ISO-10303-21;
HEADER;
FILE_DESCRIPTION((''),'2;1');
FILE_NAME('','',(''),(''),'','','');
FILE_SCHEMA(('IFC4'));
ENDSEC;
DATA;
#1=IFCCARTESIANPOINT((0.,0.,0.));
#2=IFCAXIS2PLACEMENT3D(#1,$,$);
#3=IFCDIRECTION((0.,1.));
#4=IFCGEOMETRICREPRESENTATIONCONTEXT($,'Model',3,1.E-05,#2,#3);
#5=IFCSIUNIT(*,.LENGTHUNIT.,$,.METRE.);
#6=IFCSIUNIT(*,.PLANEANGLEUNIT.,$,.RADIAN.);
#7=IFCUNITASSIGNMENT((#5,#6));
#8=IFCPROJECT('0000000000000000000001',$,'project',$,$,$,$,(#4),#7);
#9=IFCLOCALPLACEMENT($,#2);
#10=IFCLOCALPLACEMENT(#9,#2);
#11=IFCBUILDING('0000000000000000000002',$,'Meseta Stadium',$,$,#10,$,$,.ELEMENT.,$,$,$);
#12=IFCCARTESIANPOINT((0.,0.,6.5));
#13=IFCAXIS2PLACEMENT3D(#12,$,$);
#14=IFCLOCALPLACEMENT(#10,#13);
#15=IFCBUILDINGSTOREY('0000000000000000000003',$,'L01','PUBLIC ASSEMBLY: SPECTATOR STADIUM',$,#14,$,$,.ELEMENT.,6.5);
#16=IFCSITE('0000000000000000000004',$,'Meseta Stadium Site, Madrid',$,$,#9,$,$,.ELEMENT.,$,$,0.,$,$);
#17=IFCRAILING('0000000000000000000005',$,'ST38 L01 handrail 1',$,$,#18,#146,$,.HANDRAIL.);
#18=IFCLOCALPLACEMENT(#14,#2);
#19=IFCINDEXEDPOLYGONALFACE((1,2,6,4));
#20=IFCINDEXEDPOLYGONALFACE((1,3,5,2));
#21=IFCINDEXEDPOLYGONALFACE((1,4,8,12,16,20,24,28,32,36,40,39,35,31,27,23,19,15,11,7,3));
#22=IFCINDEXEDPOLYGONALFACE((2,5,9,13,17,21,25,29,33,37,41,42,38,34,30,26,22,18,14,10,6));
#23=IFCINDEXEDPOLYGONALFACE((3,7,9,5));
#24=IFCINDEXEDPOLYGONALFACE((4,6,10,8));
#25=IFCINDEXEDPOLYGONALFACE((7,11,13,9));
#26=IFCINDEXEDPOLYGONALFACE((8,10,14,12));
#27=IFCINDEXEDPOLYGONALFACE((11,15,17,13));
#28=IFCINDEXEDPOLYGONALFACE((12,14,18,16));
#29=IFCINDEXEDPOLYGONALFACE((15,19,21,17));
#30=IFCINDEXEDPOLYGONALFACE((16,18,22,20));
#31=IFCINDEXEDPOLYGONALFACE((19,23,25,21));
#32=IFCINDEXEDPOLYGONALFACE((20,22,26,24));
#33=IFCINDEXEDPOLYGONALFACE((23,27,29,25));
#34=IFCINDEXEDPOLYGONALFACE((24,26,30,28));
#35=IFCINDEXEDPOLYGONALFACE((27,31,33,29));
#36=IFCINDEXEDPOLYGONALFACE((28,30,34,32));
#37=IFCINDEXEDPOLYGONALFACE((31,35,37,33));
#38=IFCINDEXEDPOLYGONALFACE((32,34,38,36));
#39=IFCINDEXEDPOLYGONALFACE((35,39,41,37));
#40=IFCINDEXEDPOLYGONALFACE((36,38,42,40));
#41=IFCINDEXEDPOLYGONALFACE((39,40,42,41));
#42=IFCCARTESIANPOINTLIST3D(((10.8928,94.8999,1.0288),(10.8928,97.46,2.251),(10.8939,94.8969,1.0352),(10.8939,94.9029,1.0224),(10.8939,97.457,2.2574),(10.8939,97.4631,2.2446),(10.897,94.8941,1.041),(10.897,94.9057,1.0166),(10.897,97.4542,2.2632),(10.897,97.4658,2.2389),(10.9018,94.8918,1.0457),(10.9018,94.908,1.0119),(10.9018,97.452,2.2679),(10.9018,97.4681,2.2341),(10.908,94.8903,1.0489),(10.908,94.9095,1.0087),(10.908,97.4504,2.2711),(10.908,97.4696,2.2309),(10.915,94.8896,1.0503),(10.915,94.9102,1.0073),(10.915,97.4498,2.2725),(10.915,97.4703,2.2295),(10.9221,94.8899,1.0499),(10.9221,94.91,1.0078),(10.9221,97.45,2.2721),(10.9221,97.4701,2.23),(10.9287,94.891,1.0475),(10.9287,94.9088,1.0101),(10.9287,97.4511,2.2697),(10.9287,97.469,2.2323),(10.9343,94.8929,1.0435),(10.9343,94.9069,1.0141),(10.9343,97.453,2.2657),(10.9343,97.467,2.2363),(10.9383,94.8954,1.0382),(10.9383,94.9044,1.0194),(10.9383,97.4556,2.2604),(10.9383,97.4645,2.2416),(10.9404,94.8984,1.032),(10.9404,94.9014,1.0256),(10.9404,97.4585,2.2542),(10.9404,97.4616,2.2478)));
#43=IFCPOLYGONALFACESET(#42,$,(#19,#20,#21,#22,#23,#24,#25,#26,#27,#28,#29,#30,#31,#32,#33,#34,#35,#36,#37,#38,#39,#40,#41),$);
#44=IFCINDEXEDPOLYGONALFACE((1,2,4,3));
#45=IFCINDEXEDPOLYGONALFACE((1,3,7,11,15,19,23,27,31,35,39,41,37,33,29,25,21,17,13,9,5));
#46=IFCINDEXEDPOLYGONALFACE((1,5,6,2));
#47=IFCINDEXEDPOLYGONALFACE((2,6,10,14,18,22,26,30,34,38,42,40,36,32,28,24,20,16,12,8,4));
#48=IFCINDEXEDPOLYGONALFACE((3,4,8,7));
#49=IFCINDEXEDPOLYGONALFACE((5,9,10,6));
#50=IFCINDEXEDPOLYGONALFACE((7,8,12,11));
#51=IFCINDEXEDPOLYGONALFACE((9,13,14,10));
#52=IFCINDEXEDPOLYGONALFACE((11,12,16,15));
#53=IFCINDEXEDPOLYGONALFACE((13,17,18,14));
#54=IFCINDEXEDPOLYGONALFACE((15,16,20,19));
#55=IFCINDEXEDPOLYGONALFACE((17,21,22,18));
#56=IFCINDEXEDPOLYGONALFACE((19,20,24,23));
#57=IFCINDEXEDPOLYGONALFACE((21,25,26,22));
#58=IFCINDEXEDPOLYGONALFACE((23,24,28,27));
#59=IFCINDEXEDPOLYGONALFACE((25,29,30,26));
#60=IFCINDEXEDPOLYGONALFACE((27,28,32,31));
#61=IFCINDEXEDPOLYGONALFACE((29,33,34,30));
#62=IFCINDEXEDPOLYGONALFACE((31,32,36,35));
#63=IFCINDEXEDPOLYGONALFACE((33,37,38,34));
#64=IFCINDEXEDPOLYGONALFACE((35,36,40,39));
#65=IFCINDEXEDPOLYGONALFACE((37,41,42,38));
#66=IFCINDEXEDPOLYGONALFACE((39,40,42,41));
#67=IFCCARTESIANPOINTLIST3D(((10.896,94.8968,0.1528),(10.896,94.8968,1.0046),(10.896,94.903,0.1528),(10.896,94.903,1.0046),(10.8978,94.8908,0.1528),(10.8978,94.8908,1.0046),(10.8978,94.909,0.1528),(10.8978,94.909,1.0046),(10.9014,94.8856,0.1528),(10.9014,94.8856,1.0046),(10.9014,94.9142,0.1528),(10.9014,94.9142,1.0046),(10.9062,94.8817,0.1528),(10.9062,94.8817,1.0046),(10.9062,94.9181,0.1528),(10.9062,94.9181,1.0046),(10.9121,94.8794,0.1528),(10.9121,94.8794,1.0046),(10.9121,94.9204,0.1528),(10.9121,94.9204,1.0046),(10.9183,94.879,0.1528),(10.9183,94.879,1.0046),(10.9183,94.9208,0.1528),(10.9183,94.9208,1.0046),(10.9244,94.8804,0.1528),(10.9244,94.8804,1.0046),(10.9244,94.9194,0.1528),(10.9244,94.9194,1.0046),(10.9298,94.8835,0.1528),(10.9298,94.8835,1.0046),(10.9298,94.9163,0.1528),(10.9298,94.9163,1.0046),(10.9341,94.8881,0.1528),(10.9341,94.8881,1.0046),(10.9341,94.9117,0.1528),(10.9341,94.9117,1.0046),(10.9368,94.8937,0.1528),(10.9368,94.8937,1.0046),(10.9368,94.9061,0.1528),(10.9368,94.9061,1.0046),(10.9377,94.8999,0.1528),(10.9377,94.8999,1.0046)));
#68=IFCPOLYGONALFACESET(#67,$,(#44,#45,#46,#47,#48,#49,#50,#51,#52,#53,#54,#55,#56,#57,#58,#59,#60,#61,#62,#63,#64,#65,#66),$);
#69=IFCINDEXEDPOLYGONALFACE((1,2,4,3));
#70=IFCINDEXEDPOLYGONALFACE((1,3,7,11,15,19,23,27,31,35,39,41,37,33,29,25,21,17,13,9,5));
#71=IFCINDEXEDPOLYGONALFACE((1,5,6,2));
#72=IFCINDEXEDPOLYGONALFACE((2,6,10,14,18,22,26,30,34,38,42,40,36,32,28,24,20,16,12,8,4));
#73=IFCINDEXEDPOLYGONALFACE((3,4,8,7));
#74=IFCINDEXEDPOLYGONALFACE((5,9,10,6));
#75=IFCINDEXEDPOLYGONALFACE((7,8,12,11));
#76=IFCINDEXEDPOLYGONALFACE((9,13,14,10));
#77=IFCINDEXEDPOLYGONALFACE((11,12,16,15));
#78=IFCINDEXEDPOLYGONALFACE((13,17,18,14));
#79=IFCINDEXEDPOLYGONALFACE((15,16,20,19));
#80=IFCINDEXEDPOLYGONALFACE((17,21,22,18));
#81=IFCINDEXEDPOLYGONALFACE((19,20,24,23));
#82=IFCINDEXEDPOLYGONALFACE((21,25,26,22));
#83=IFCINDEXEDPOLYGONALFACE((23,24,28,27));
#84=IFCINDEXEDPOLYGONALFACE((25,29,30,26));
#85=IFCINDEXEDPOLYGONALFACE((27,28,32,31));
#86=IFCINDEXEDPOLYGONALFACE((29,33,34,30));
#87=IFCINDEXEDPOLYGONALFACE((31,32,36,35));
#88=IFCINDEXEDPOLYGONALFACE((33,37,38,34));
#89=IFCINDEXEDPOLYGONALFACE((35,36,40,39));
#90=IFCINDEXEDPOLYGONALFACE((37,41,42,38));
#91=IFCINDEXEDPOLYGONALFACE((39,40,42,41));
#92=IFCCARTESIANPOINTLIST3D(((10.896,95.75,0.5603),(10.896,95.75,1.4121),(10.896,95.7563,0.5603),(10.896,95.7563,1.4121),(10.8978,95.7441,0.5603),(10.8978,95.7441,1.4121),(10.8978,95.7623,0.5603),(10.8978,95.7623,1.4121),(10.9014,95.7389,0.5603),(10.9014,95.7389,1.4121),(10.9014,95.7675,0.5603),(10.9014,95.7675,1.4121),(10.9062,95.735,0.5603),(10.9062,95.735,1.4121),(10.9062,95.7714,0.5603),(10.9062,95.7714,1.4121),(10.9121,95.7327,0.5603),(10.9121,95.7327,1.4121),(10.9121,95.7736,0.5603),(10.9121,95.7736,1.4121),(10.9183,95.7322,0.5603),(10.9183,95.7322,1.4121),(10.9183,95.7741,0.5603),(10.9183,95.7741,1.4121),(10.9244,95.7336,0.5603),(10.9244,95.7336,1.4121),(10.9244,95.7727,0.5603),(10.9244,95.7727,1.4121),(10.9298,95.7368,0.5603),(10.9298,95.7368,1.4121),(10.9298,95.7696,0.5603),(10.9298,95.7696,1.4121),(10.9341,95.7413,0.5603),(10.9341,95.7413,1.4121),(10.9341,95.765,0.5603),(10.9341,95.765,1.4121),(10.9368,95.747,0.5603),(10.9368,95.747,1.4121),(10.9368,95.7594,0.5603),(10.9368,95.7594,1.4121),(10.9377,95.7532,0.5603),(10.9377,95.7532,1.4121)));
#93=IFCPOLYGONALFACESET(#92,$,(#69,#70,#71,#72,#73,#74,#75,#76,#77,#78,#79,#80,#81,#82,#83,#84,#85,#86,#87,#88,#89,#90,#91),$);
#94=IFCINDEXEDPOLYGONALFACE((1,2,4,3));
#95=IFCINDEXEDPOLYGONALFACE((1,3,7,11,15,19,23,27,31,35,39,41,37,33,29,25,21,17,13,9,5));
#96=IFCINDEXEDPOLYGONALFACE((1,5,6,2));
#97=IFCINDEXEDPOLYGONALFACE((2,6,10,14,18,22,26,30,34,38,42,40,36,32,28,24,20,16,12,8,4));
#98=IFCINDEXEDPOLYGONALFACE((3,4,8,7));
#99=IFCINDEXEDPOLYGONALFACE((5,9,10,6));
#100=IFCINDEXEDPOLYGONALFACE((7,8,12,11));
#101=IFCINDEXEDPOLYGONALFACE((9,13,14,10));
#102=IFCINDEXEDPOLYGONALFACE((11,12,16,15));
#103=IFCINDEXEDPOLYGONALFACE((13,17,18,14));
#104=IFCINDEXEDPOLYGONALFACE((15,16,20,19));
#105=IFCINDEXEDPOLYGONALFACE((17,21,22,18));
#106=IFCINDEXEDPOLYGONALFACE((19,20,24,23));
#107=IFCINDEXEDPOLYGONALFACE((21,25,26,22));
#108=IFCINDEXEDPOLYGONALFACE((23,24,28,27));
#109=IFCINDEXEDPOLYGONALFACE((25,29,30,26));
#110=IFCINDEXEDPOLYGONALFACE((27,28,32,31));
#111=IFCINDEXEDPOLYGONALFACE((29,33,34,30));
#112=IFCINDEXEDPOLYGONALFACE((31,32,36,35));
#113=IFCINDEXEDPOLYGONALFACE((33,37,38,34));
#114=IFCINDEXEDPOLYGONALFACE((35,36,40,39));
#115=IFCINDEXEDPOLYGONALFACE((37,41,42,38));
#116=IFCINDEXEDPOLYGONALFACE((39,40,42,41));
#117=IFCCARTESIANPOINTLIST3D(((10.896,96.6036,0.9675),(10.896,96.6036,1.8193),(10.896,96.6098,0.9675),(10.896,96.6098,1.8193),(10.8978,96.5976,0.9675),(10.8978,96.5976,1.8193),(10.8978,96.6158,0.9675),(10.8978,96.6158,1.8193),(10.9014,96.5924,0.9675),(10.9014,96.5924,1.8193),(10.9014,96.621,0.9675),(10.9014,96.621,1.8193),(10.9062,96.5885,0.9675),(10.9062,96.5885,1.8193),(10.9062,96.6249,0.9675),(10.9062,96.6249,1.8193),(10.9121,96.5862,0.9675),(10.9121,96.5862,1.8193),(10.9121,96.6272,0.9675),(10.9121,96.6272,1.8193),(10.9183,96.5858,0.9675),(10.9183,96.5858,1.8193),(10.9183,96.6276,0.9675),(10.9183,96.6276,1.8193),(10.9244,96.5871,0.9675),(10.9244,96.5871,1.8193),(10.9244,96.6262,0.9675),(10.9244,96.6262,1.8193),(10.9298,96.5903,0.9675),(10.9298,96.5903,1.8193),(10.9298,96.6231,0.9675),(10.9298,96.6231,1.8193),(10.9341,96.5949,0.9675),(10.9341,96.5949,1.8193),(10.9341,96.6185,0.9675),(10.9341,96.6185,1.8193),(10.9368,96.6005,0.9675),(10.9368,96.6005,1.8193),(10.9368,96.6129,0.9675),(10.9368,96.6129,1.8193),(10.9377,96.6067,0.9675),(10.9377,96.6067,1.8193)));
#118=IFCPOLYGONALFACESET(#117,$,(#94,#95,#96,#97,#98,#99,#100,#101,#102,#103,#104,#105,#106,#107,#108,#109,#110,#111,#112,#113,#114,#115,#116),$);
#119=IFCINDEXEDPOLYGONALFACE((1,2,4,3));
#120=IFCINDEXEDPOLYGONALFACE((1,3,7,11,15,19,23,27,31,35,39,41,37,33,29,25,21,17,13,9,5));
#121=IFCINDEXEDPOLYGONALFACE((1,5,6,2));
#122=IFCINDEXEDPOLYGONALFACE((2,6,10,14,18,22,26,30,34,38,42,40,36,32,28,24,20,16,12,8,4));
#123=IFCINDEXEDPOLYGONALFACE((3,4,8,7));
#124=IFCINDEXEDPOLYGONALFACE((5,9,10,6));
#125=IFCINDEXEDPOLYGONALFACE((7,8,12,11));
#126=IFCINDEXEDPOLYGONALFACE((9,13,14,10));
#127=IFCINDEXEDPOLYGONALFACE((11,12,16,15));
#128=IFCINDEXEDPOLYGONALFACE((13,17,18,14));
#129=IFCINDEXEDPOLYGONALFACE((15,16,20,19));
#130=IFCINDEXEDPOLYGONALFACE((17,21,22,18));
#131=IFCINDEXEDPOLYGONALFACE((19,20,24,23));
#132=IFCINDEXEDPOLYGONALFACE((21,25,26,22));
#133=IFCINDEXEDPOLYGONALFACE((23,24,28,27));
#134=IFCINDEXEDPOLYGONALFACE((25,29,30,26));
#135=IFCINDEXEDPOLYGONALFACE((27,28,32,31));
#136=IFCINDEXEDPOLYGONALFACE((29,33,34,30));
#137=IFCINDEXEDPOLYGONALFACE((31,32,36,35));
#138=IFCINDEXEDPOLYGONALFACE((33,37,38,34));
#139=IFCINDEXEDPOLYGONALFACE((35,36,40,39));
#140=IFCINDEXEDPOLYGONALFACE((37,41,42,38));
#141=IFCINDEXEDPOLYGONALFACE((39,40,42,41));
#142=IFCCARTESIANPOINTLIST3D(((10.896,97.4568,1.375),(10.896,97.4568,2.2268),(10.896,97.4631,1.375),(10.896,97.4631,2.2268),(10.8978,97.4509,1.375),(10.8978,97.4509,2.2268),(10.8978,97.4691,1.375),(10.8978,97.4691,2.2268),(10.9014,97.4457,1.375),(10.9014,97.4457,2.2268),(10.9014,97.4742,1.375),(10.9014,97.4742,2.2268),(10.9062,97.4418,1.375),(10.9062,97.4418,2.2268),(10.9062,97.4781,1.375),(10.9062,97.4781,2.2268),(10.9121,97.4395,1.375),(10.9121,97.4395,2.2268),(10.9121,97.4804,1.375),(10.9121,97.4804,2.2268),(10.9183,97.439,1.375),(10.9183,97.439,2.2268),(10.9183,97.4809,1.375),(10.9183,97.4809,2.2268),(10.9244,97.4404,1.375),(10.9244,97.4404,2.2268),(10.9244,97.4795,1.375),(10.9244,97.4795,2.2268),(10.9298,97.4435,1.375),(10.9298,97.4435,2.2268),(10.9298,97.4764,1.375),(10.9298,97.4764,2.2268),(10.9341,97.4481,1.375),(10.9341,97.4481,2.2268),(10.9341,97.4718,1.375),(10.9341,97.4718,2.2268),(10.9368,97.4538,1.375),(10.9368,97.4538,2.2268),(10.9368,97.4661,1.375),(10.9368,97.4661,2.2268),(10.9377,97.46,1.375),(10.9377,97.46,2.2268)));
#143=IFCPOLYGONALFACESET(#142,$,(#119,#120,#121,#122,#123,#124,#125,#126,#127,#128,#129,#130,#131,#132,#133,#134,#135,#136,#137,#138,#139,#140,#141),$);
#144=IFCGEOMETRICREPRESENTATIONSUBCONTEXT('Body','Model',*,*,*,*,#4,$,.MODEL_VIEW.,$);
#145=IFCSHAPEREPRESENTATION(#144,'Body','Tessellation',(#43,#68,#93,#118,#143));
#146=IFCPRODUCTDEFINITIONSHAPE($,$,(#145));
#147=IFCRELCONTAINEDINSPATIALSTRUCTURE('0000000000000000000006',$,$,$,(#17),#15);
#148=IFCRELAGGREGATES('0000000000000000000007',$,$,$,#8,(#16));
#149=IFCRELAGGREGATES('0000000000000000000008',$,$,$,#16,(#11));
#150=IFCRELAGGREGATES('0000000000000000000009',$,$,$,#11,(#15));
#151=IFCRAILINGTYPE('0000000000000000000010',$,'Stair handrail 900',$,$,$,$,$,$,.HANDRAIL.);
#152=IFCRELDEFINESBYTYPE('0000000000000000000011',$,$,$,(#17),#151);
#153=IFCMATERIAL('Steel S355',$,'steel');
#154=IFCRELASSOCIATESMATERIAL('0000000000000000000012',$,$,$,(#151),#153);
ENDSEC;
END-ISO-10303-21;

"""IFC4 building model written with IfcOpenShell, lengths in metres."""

from ifc_helpers import new_model, si_unit, direction, frame, origin, origin_2d, place, context, subcontext, project, spatial, circle, extrude, material, type_object, element, save


model = new_model("IFC4")

# Units and contexts
model_context = context("Model", 3, precision=1e-05, world=origin(), true_north=direction((0.0, 1.0)))
body_context = subcontext(model_context, "Body", "Model", "MODEL_VIEW")
ifc_project = project(units=[si_unit("LENGTHUNIT", "METRE"), si_unit("PLANEANGLEUNIT", "RADIAN")], contexts=[model_context])

# Site, building, storey
site_placement = place(None, origin())
site = spatial("IfcSite", under=ifc_project, at=site_placement, Name="Meseta Stadium Site, Madrid", CompositionType="ELEMENT", RefElevation=0.0)
building_placement = place(site_placement, origin())
building = spatial("IfcBuilding", under=site, at=building_placement, Name="Meseta Stadium", CompositionType="ELEMENT")
storey_placement = place(building_placement, frame((0.0, 0.0, 6.5)))
storey = spatial("IfcBuildingStorey", under=building, at=storey_placement, Name="L01", Description="PUBLIC ASSEMBLY: SPECTATOR STADIUM", CompositionType="ELEMENT", Elevation=6.5)

# Railing
ifc_material_1 = material(Name="Steel S355", Category="steel")
railing_type_1 = type_object("IfcRailingType", Name="Stair handrail 900", PredefinedType="HANDRAIL", material=ifc_material_1)
railing_1_placement = place(storey_placement, frame((10.9167, 94.8999, 0.1528)))
element("IfcRailing", 1, at=railing_1_placement, inside=storey, type_object=railing_type_1, Name="ST38 L01 handrail 1", PredefinedType="HANDRAIL", context=body_context, shape_type="SweptSolid", body=[
    extrude(circle(Radius=0.0239, at=origin_2d()), frame((0.0, 0.0, 0.876), z_axis=(0.0, 0.902437, 0.430822), x_axis=(-1.0, 0.0, 0.0)), (0.0, 0.0, 1.0), 2.8369),
    extrude(circle(Radius=0.021, at=origin_2d()), origin(), (0.0, 0.0, 1.0), 0.8518),
    extrude(circle(Radius=0.021, at=origin_2d()), frame((0.0, 0.8533, 0.4075)), (0.0, 0.0, 1.0), 0.8518),
    extrude(circle(Radius=0.021, at=origin_2d()), frame((0.0, 1.7068, 0.8147)), (0.0, 0.0, 1.0), 0.8518),
    extrude(circle(Radius=0.021, at=origin_2d()), frame((0.0, 2.5601, 1.2222)), (0.0, 0.0, 1.0), 0.8518),
])

save(model, "model.ifc")
